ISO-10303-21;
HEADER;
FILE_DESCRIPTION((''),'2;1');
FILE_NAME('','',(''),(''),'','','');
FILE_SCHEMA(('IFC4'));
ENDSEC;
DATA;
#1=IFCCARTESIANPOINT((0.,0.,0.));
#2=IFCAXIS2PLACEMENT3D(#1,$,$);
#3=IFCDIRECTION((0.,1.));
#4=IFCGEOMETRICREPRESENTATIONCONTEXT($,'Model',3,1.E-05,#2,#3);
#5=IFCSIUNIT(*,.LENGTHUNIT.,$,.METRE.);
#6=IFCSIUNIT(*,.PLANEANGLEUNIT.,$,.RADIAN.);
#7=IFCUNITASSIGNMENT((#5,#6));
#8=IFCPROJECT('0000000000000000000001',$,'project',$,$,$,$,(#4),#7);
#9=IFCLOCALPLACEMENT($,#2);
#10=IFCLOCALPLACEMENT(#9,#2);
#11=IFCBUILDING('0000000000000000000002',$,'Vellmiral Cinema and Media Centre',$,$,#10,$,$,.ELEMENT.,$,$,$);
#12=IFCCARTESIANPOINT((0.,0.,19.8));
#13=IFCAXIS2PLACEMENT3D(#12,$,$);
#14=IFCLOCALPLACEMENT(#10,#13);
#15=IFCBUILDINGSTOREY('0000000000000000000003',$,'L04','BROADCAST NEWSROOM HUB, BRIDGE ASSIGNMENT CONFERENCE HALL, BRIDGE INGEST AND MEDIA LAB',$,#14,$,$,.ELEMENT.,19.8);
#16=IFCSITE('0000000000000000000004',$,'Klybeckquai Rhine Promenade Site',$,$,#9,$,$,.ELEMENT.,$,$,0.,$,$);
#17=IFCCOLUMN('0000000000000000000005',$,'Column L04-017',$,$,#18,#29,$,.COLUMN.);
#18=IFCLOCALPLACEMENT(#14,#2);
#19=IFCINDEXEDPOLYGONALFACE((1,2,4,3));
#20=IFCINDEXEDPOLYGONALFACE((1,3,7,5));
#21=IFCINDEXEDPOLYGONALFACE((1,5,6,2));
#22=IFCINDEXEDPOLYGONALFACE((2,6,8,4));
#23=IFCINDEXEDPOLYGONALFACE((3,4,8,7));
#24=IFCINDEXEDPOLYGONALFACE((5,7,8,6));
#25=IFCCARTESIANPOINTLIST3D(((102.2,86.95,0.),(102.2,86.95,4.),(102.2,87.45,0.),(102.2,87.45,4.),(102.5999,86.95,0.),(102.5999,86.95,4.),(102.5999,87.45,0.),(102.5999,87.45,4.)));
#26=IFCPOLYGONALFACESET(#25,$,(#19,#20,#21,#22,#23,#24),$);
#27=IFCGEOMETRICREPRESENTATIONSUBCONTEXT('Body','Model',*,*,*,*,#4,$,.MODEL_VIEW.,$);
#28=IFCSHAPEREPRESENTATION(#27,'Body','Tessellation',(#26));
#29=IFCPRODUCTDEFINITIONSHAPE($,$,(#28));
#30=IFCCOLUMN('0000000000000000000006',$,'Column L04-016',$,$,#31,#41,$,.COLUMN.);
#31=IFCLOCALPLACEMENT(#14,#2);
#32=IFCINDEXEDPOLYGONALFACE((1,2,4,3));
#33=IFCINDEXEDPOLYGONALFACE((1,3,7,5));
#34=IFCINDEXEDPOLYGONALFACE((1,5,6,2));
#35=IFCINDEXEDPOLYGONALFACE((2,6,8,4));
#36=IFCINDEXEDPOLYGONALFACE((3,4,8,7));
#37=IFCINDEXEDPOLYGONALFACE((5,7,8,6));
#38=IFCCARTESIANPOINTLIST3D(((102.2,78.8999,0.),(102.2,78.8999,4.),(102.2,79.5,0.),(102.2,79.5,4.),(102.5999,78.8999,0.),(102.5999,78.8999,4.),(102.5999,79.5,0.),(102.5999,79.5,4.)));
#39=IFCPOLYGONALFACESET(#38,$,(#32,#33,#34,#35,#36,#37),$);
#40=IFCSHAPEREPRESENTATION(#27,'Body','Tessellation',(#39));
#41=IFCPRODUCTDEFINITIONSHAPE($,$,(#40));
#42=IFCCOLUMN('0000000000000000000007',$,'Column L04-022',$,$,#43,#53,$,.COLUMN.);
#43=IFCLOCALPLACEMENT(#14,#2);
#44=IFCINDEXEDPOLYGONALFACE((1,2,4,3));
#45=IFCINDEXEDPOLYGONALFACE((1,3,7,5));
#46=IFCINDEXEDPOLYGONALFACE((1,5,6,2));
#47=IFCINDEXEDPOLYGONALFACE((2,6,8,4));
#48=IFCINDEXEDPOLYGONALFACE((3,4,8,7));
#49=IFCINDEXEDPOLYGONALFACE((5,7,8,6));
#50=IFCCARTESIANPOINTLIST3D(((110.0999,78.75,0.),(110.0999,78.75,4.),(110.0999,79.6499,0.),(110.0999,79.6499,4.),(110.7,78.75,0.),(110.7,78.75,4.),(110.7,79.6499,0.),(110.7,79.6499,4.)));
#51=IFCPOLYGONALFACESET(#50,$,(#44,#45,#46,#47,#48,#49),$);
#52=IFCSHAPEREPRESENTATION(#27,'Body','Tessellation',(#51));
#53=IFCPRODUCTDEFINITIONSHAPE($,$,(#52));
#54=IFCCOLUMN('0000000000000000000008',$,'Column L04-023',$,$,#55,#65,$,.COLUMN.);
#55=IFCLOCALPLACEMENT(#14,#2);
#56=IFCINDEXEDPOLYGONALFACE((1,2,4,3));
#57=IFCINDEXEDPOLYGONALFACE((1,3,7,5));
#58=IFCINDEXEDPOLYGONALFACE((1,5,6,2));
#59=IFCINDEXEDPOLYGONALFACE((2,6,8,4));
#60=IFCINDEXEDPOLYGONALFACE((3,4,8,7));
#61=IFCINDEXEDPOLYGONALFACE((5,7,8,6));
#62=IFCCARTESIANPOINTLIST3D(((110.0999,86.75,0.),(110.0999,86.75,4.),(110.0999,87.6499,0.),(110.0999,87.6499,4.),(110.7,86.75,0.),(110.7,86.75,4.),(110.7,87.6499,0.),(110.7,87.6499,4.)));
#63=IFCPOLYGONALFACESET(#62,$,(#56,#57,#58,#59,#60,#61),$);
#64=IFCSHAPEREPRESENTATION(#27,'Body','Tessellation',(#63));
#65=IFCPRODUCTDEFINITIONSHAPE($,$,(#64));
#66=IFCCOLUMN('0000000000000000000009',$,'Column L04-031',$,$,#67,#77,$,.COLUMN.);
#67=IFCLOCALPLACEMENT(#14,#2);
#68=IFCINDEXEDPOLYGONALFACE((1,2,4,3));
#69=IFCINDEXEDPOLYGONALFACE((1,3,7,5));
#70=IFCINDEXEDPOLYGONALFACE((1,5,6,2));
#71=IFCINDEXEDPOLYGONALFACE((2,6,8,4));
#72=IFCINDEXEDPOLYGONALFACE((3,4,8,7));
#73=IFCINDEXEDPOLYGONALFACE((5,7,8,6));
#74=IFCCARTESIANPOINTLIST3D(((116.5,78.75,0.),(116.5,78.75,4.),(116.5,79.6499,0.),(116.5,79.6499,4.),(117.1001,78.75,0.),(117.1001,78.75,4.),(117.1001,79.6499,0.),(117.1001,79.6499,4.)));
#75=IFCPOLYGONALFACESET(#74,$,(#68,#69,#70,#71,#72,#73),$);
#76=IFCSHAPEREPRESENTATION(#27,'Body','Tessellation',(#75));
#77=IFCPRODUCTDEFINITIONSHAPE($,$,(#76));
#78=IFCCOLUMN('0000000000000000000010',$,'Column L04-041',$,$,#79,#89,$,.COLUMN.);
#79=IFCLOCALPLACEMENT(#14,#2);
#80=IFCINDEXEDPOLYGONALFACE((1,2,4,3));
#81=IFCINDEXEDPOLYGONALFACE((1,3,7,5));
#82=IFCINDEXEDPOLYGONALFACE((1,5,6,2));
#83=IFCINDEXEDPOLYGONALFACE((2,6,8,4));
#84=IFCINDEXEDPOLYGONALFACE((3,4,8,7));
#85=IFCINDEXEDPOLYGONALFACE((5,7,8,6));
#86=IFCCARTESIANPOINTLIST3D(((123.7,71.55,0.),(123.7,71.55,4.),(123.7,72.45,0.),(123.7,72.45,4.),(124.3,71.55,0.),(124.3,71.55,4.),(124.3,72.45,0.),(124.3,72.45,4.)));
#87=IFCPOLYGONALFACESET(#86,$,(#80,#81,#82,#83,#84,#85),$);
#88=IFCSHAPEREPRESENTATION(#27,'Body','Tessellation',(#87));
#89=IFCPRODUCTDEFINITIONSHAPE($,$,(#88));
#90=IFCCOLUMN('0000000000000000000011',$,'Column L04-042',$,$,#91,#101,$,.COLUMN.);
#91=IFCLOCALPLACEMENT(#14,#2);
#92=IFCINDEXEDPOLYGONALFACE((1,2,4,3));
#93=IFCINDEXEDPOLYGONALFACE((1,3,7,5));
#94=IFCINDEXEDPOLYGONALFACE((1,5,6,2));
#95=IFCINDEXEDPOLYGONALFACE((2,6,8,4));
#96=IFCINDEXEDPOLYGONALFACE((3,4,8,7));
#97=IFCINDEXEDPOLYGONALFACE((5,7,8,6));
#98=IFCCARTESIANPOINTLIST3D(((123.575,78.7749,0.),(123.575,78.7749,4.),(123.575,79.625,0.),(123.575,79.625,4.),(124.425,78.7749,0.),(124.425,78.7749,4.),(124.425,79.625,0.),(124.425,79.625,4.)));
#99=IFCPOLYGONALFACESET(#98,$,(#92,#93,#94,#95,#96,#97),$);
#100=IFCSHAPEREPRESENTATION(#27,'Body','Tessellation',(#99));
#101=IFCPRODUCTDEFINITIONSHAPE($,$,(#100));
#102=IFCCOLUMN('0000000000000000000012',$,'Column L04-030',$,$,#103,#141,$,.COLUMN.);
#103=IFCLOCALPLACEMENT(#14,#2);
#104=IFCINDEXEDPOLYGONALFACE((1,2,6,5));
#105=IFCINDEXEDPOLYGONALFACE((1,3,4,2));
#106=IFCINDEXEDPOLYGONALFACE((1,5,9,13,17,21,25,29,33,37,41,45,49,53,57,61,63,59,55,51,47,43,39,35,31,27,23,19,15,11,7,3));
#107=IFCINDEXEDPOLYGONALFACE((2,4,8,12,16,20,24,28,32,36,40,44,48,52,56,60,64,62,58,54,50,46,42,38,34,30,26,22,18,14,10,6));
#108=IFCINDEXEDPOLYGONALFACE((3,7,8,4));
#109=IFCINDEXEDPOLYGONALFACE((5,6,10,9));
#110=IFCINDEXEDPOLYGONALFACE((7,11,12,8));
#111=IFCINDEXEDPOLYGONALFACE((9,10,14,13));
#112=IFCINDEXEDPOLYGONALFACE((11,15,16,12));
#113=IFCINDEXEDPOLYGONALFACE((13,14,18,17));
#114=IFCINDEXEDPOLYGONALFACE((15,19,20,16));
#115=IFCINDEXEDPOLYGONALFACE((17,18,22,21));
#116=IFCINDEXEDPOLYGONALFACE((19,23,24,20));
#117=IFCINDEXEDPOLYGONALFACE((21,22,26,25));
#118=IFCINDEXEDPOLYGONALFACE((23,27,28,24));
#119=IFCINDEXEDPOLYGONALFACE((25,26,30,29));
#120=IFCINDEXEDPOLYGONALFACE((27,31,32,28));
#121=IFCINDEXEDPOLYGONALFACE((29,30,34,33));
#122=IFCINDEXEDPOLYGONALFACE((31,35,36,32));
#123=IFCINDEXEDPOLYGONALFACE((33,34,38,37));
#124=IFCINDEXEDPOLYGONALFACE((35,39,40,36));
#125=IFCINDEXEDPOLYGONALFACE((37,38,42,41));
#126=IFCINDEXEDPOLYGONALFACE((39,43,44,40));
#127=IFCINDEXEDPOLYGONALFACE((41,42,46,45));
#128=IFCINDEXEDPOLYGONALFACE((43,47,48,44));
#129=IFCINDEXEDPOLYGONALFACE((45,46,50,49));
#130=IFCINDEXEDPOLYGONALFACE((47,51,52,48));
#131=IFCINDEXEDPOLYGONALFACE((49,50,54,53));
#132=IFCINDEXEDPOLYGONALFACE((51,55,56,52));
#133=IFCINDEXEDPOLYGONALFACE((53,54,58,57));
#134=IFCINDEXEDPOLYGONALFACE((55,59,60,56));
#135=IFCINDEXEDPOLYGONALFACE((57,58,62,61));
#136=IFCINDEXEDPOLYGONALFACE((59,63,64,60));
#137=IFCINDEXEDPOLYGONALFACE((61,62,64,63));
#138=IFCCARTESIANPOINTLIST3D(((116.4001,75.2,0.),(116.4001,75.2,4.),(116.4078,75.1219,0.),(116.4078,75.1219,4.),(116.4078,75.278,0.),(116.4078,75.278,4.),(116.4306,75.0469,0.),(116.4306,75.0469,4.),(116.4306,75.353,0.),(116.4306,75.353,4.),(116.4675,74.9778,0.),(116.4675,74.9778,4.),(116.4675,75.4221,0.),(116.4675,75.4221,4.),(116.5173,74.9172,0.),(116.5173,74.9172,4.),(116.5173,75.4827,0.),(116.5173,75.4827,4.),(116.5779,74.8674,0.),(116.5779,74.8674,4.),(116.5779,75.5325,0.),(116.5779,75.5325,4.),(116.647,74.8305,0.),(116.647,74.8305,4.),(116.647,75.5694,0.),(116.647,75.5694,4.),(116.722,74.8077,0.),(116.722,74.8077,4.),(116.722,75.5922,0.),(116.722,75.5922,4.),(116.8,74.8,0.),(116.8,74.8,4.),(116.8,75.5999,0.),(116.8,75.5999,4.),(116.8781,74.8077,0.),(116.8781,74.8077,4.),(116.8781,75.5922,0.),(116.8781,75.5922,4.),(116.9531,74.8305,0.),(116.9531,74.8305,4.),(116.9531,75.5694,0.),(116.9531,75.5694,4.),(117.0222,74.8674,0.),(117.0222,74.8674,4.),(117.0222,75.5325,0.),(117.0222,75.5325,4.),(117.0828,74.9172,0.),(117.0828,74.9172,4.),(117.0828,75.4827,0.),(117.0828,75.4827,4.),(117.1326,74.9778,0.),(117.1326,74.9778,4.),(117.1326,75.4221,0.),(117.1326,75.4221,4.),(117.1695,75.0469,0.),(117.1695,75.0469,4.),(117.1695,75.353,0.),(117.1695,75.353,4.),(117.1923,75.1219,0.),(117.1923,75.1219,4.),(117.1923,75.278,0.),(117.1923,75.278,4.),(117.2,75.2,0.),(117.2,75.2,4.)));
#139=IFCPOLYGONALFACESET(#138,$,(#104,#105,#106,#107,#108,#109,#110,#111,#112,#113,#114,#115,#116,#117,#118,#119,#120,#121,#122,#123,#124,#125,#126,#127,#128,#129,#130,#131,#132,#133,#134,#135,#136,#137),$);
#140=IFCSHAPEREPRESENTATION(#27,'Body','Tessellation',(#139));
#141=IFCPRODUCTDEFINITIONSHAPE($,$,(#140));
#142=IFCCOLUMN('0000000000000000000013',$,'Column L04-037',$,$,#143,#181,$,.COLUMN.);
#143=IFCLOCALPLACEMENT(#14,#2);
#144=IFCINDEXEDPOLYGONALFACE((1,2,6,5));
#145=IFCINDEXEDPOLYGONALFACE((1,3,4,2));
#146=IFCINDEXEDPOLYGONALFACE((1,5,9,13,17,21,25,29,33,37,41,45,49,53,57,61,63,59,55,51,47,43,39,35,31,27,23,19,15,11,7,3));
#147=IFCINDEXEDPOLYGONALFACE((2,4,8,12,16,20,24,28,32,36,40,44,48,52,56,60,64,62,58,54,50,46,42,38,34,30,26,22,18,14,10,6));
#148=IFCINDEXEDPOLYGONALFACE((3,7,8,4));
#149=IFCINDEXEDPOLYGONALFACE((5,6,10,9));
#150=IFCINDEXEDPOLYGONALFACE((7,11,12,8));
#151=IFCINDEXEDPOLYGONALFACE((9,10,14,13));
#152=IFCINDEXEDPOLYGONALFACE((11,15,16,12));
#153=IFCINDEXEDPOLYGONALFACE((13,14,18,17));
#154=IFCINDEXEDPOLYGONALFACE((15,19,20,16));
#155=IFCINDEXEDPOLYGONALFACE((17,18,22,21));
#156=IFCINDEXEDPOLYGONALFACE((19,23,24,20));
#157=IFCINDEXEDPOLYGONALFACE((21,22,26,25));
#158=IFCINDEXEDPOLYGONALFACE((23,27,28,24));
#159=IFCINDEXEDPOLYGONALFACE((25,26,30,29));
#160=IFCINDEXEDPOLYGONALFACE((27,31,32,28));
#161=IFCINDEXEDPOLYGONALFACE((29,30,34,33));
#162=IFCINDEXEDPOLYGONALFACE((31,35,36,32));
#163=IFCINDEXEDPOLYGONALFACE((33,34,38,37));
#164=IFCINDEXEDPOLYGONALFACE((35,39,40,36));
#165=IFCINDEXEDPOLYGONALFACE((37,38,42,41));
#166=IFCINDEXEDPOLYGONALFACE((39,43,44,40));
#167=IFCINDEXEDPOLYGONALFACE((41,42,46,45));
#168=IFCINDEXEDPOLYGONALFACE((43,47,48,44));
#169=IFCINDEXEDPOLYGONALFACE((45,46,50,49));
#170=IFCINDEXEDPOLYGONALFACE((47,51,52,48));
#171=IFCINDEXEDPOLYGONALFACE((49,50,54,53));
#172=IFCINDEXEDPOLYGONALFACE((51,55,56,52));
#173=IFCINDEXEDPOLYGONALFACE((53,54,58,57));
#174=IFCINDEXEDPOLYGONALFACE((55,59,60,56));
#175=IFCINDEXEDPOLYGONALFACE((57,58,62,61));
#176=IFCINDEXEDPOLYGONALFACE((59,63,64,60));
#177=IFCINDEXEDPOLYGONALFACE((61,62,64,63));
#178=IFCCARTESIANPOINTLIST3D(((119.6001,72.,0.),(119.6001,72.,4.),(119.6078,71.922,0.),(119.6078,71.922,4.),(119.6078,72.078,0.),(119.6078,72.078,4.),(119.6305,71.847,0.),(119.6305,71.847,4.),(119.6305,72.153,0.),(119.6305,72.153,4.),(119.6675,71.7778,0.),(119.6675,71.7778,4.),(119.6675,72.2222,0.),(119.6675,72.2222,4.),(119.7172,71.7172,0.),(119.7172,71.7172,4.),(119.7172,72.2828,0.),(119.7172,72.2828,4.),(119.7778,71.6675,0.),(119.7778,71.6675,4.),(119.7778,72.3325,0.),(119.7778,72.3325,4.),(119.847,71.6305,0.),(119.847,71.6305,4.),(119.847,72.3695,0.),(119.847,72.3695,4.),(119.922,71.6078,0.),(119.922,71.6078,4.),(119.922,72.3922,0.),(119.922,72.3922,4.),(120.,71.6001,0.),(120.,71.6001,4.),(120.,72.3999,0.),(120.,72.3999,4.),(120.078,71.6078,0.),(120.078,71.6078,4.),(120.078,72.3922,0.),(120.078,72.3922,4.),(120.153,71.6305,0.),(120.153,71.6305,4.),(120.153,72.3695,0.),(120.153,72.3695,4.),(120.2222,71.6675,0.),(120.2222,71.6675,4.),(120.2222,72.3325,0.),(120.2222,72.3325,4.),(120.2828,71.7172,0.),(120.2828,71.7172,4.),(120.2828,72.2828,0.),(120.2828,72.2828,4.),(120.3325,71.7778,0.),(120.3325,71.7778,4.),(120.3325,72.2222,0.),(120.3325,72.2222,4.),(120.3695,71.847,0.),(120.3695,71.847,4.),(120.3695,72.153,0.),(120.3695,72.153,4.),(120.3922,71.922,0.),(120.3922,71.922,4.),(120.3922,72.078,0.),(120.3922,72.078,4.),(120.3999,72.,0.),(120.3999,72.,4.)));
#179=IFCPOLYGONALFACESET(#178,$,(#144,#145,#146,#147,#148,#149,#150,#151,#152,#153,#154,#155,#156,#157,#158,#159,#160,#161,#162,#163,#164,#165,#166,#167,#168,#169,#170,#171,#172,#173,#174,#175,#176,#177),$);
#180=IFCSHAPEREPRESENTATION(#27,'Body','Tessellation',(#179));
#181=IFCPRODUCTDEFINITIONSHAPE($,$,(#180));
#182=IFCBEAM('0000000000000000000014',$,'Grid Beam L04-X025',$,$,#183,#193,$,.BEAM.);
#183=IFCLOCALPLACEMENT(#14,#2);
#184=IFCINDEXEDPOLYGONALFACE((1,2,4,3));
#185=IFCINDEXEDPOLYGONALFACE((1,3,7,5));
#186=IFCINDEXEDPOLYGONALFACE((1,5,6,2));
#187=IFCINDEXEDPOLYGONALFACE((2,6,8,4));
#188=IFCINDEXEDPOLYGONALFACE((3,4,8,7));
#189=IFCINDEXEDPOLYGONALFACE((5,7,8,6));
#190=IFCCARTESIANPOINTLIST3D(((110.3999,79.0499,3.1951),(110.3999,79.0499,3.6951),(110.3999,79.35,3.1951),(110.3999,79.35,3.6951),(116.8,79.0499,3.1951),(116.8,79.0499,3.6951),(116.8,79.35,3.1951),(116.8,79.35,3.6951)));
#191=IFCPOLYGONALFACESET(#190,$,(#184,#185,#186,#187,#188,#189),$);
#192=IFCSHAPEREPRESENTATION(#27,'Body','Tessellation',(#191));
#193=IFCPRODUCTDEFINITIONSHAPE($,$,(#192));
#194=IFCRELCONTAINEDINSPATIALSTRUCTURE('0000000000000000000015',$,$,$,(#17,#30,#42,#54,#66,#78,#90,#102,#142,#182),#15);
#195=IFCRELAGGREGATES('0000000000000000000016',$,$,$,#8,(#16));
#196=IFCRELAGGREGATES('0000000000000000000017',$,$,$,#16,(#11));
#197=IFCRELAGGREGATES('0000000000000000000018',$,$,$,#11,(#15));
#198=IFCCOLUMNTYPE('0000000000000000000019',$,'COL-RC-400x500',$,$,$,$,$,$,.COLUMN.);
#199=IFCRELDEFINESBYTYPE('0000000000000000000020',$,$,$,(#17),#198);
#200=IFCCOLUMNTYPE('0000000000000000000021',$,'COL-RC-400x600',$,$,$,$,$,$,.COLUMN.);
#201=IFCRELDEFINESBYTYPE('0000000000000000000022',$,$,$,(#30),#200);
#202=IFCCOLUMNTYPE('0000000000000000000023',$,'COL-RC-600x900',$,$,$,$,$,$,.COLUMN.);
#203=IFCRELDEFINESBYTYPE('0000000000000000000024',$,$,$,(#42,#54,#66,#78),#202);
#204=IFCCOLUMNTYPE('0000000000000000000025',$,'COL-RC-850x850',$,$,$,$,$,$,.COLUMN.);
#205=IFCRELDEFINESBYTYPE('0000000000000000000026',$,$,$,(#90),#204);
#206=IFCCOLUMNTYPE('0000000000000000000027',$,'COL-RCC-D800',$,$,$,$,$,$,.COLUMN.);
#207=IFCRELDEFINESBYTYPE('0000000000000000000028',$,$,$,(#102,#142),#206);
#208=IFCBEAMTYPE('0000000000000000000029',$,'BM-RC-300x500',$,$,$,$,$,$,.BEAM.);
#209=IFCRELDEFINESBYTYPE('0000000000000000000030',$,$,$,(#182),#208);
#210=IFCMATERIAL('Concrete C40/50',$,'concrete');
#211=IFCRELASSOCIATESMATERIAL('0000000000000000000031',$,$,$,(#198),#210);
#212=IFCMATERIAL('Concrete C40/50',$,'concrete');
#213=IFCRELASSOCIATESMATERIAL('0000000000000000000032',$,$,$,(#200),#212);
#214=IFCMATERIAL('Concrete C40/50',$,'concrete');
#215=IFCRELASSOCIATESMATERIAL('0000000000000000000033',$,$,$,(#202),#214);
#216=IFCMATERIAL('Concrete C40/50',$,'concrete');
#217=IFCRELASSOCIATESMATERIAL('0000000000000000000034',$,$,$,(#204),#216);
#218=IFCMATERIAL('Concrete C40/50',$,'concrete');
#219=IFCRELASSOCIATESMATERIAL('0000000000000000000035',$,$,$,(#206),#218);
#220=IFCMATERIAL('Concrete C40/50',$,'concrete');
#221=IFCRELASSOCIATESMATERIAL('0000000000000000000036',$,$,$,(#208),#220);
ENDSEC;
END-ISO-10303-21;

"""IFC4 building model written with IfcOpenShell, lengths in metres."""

from ifc_helpers import new_model, si_unit, direction, frame, origin, origin_2d, place, context, subcontext, project, spatial, rectangle, circle, extrude, material, material_profile, profile_set, type_object, element, save


model = new_model("IFC4")

# Units and contexts
model_context = context("Model", 3, precision=1e-05, world=origin(), true_north=direction((0.0, 1.0)))
body_context = subcontext(model_context, "Body", "Model", "MODEL_VIEW")
ifc_project = project(units=[si_unit("LENGTHUNIT", "METRE"), si_unit("PLANEANGLEUNIT", "RADIAN")], contexts=[model_context])

# Site, building, storey
site_placement = place(None, origin())
site = spatial("IfcSite", under=ifc_project, at=site_placement, Name="Klybeckquai Rhine Promenade Site", CompositionType="ELEMENT", RefElevation=0.0)
building_placement = place(site_placement, origin())
building = spatial("IfcBuilding", under=site, at=building_placement, Name="Vellmiral Cinema and Media Centre", CompositionType="ELEMENT")
storey_placement = place(building_placement, frame((0.0, 0.0, 19.8)))
storey = spatial("IfcBuildingStorey", under=building, at=storey_placement, Name="L04", Description="BROADCAST NEWSROOM HUB, BRIDGE ASSIGNMENT CONFERENCE HALL, BRIDGE INGEST AND MEDIA LAB", CompositionType="ELEMENT", Elevation=19.8)

# Columns
ifc_material_1 = material(Name="Concrete C40/50", Category="concrete")
ifc_material_profile_1 = material_profile(ifc_material_1, rectangle(XDim=0.3999, YDim=0.5, at=origin_2d()), Name="RC 400x500")
ifc_profile_set_1 = profile_set([ifc_material_profile_1], Name="Concrete C40/50")
column_type_1 = type_object("IfcColumnType", Name="COL-RC-400x500", PredefinedType="COLUMN", material=ifc_profile_set_1)
column_1_placement = place(storey_placement, frame((102.3999, 87.2, 0.0), z_axis=(0.0, 0.0, 1.0), x_axis=(1.0, 0.0, 0.0)))
element("IfcColumn", 1, at=column_1_placement, inside=storey, type_object=column_type_1, Name="Column L04-017", PredefinedType="COLUMN", context=body_context, shape_type="SweptSolid", body=[
    extrude(rectangle(XDim=0.3999, YDim=0.5, at=origin_2d()), origin(), (0.0, 0.0, 1.0), 4.0),
])
ifc_material_2 = material(Name="Concrete C40/50", Category="concrete")
ifc_material_profile_2 = material_profile(ifc_material_2, rectangle(XDim=0.3999, YDim=0.6001, at=origin_2d()), Name="RC 400x600")
ifc_profile_set_2 = profile_set([ifc_material_profile_2], Name="Concrete C40/50")
column_type_2 = type_object("IfcColumnType", Name="COL-RC-400x600", PredefinedType="COLUMN", material=ifc_profile_set_2)
column_2_placement = place(storey_placement, frame((102.3999, 79.2, 0.0), z_axis=(0.0, 0.0, 1.0), x_axis=(1.0, 0.0, 0.0)))
element("IfcColumn", 2, at=column_2_placement, inside=storey, type_object=column_type_2, Name="Column L04-016", PredefinedType="COLUMN", context=body_context, shape_type="SweptSolid", body=[
    extrude(rectangle(XDim=0.3999, YDim=0.6001, at=origin_2d()), origin(), (0.0, 0.0, 1.0), 4.0),
])
ifc_material_3 = material(Name="Concrete C40/50", Category="concrete")
ifc_material_profile_3 = material_profile(ifc_material_3, rectangle(XDim=0.6001, YDim=0.8999, at=origin_2d()), Name="RC 600x900")
ifc_profile_set_3 = profile_set([ifc_material_profile_3], Name="Concrete C40/50")
column_type_3 = type_object("IfcColumnType", Name="COL-RC-600x900", PredefinedType="COLUMN", material=ifc_profile_set_3)
for number, where, z_axis, x_axis, name in (
    (3, (110.3999, 79.2, 0.0), (0.0, 0.0, 1.0), (1.0, 0.0, 0.0), "Column L04-022"),
    (4, (110.3999, 87.2, 0.0), (0.0, 0.0, 1.0), (1.0, 0.0, 0.0), "Column L04-023"),
    (5, (116.8, 79.2, 0.0), (0.0, 0.0, 1.0), (1.0, 0.0, 0.0), "Column L04-031"),
    (6, (124.0, 72.0, 0.0), (0.0, 0.0, 1.0), (1.0, 0.0, 0.0), "Column L04-041"),
):
    element("IfcColumn", number, at=place(storey_placement, frame(where, z_axis=z_axis, x_axis=x_axis)), inside=storey, type_object=column_type_3, Name=name, PredefinedType="COLUMN", context=body_context, shape_type="SweptSolid", body=[
        extrude(rectangle(XDim=0.6001, YDim=0.8999, at=origin_2d()), origin(), (0.0, 0.0, 1.0), 4.0),
    ])
ifc_material_4 = material(Name="Concrete C40/50", Category="concrete")
ifc_material_profile_4 = material_profile(ifc_material_4, rectangle(XDim=0.8501, YDim=0.8501, at=origin_2d()), Name="RC 850x850")
ifc_profile_set_4 = profile_set([ifc_material_profile_4], Name="Concrete C40/50")
column_type_4 = type_object("IfcColumnType", Name="COL-RC-850x850", PredefinedType="COLUMN", material=ifc_profile_set_4)
column_3_placement = place(storey_placement, frame((124.0, 79.2, 0.0), z_axis=(0.0, 0.0, 1.0), x_axis=(1.0, 0.0, 0.0)))
element("IfcColumn", 7, at=column_3_placement, inside=storey, type_object=column_type_4, Name="Column L04-042", PredefinedType="COLUMN", context=body_context, shape_type="SweptSolid", body=[
    extrude(rectangle(XDim=0.8501, YDim=0.8501, at=origin_2d()), origin(), (0.0, 0.0, 1.0), 4.0),
])
ifc_material_5 = material(Name="Concrete C40/50", Category="concrete")
ifc_material_profile_5 = material_profile(ifc_material_5, circle(Radius=0.3999, at=origin_2d()), Name="RC D800")
ifc_profile_set_5 = profile_set([ifc_material_profile_5], Name="Concrete C40/50")
column_type_5 = type_object("IfcColumnType", Name="COL-RCC-D800", PredefinedType="COLUMN", material=ifc_profile_set_5)
for number, where, z_axis, x_axis, name in (
    (8, (116.8, 75.2, 0.0), (0.0, 0.0, 1.0), (1.0, 0.0, 0.0), "Column L04-030"),
    (9, (120.0, 72.0, 0.0), (0.0, 0.0, 1.0), (1.0, 0.0, 0.0), "Column L04-037"),
):
    element("IfcColumn", number, at=place(storey_placement, frame(where, z_axis=z_axis, x_axis=x_axis)), inside=storey, type_object=column_type_5, Name=name, PredefinedType="COLUMN", context=body_context, shape_type="SweptSolid", body=[
        extrude(circle(Radius=0.3999, at=origin_2d()), origin(), (0.0, 0.0, 1.0), 4.0),
    ])

# Beam
ifc_material_6 = material(Name="Concrete C40/50", Category="concrete")
ifc_material_profile_6 = material_profile(ifc_material_6, rectangle(XDim=0.3, YDim=0.5, at=origin_2d()), Name="RC 300x500")
ifc_profile_set_6 = profile_set([ifc_material_profile_6], Name="Concrete C40/50")
beam_type_1 = type_object("IfcBeamType", Name="BM-RC-300x500", PredefinedType="BEAM", material=ifc_profile_set_6)
beam_1_placement = place(storey_placement, frame((110.3999, 79.2, 3.4451), z_axis=(1.0, 0.0, 0.0), x_axis=(0.0, 1.0, 0.0)))
element("IfcBeam", 10, at=beam_1_placement, inside=storey, type_object=beam_type_1, Name="Grid Beam L04-X025", PredefinedType="BEAM", context=body_context, shape_type="SweptSolid", body=[
    extrude(rectangle(XDim=0.3, YDim=0.5, at=origin_2d()), origin(), (0.0, 0.0, 1.0), 6.4001),
])

save(model, "model.ifc")
